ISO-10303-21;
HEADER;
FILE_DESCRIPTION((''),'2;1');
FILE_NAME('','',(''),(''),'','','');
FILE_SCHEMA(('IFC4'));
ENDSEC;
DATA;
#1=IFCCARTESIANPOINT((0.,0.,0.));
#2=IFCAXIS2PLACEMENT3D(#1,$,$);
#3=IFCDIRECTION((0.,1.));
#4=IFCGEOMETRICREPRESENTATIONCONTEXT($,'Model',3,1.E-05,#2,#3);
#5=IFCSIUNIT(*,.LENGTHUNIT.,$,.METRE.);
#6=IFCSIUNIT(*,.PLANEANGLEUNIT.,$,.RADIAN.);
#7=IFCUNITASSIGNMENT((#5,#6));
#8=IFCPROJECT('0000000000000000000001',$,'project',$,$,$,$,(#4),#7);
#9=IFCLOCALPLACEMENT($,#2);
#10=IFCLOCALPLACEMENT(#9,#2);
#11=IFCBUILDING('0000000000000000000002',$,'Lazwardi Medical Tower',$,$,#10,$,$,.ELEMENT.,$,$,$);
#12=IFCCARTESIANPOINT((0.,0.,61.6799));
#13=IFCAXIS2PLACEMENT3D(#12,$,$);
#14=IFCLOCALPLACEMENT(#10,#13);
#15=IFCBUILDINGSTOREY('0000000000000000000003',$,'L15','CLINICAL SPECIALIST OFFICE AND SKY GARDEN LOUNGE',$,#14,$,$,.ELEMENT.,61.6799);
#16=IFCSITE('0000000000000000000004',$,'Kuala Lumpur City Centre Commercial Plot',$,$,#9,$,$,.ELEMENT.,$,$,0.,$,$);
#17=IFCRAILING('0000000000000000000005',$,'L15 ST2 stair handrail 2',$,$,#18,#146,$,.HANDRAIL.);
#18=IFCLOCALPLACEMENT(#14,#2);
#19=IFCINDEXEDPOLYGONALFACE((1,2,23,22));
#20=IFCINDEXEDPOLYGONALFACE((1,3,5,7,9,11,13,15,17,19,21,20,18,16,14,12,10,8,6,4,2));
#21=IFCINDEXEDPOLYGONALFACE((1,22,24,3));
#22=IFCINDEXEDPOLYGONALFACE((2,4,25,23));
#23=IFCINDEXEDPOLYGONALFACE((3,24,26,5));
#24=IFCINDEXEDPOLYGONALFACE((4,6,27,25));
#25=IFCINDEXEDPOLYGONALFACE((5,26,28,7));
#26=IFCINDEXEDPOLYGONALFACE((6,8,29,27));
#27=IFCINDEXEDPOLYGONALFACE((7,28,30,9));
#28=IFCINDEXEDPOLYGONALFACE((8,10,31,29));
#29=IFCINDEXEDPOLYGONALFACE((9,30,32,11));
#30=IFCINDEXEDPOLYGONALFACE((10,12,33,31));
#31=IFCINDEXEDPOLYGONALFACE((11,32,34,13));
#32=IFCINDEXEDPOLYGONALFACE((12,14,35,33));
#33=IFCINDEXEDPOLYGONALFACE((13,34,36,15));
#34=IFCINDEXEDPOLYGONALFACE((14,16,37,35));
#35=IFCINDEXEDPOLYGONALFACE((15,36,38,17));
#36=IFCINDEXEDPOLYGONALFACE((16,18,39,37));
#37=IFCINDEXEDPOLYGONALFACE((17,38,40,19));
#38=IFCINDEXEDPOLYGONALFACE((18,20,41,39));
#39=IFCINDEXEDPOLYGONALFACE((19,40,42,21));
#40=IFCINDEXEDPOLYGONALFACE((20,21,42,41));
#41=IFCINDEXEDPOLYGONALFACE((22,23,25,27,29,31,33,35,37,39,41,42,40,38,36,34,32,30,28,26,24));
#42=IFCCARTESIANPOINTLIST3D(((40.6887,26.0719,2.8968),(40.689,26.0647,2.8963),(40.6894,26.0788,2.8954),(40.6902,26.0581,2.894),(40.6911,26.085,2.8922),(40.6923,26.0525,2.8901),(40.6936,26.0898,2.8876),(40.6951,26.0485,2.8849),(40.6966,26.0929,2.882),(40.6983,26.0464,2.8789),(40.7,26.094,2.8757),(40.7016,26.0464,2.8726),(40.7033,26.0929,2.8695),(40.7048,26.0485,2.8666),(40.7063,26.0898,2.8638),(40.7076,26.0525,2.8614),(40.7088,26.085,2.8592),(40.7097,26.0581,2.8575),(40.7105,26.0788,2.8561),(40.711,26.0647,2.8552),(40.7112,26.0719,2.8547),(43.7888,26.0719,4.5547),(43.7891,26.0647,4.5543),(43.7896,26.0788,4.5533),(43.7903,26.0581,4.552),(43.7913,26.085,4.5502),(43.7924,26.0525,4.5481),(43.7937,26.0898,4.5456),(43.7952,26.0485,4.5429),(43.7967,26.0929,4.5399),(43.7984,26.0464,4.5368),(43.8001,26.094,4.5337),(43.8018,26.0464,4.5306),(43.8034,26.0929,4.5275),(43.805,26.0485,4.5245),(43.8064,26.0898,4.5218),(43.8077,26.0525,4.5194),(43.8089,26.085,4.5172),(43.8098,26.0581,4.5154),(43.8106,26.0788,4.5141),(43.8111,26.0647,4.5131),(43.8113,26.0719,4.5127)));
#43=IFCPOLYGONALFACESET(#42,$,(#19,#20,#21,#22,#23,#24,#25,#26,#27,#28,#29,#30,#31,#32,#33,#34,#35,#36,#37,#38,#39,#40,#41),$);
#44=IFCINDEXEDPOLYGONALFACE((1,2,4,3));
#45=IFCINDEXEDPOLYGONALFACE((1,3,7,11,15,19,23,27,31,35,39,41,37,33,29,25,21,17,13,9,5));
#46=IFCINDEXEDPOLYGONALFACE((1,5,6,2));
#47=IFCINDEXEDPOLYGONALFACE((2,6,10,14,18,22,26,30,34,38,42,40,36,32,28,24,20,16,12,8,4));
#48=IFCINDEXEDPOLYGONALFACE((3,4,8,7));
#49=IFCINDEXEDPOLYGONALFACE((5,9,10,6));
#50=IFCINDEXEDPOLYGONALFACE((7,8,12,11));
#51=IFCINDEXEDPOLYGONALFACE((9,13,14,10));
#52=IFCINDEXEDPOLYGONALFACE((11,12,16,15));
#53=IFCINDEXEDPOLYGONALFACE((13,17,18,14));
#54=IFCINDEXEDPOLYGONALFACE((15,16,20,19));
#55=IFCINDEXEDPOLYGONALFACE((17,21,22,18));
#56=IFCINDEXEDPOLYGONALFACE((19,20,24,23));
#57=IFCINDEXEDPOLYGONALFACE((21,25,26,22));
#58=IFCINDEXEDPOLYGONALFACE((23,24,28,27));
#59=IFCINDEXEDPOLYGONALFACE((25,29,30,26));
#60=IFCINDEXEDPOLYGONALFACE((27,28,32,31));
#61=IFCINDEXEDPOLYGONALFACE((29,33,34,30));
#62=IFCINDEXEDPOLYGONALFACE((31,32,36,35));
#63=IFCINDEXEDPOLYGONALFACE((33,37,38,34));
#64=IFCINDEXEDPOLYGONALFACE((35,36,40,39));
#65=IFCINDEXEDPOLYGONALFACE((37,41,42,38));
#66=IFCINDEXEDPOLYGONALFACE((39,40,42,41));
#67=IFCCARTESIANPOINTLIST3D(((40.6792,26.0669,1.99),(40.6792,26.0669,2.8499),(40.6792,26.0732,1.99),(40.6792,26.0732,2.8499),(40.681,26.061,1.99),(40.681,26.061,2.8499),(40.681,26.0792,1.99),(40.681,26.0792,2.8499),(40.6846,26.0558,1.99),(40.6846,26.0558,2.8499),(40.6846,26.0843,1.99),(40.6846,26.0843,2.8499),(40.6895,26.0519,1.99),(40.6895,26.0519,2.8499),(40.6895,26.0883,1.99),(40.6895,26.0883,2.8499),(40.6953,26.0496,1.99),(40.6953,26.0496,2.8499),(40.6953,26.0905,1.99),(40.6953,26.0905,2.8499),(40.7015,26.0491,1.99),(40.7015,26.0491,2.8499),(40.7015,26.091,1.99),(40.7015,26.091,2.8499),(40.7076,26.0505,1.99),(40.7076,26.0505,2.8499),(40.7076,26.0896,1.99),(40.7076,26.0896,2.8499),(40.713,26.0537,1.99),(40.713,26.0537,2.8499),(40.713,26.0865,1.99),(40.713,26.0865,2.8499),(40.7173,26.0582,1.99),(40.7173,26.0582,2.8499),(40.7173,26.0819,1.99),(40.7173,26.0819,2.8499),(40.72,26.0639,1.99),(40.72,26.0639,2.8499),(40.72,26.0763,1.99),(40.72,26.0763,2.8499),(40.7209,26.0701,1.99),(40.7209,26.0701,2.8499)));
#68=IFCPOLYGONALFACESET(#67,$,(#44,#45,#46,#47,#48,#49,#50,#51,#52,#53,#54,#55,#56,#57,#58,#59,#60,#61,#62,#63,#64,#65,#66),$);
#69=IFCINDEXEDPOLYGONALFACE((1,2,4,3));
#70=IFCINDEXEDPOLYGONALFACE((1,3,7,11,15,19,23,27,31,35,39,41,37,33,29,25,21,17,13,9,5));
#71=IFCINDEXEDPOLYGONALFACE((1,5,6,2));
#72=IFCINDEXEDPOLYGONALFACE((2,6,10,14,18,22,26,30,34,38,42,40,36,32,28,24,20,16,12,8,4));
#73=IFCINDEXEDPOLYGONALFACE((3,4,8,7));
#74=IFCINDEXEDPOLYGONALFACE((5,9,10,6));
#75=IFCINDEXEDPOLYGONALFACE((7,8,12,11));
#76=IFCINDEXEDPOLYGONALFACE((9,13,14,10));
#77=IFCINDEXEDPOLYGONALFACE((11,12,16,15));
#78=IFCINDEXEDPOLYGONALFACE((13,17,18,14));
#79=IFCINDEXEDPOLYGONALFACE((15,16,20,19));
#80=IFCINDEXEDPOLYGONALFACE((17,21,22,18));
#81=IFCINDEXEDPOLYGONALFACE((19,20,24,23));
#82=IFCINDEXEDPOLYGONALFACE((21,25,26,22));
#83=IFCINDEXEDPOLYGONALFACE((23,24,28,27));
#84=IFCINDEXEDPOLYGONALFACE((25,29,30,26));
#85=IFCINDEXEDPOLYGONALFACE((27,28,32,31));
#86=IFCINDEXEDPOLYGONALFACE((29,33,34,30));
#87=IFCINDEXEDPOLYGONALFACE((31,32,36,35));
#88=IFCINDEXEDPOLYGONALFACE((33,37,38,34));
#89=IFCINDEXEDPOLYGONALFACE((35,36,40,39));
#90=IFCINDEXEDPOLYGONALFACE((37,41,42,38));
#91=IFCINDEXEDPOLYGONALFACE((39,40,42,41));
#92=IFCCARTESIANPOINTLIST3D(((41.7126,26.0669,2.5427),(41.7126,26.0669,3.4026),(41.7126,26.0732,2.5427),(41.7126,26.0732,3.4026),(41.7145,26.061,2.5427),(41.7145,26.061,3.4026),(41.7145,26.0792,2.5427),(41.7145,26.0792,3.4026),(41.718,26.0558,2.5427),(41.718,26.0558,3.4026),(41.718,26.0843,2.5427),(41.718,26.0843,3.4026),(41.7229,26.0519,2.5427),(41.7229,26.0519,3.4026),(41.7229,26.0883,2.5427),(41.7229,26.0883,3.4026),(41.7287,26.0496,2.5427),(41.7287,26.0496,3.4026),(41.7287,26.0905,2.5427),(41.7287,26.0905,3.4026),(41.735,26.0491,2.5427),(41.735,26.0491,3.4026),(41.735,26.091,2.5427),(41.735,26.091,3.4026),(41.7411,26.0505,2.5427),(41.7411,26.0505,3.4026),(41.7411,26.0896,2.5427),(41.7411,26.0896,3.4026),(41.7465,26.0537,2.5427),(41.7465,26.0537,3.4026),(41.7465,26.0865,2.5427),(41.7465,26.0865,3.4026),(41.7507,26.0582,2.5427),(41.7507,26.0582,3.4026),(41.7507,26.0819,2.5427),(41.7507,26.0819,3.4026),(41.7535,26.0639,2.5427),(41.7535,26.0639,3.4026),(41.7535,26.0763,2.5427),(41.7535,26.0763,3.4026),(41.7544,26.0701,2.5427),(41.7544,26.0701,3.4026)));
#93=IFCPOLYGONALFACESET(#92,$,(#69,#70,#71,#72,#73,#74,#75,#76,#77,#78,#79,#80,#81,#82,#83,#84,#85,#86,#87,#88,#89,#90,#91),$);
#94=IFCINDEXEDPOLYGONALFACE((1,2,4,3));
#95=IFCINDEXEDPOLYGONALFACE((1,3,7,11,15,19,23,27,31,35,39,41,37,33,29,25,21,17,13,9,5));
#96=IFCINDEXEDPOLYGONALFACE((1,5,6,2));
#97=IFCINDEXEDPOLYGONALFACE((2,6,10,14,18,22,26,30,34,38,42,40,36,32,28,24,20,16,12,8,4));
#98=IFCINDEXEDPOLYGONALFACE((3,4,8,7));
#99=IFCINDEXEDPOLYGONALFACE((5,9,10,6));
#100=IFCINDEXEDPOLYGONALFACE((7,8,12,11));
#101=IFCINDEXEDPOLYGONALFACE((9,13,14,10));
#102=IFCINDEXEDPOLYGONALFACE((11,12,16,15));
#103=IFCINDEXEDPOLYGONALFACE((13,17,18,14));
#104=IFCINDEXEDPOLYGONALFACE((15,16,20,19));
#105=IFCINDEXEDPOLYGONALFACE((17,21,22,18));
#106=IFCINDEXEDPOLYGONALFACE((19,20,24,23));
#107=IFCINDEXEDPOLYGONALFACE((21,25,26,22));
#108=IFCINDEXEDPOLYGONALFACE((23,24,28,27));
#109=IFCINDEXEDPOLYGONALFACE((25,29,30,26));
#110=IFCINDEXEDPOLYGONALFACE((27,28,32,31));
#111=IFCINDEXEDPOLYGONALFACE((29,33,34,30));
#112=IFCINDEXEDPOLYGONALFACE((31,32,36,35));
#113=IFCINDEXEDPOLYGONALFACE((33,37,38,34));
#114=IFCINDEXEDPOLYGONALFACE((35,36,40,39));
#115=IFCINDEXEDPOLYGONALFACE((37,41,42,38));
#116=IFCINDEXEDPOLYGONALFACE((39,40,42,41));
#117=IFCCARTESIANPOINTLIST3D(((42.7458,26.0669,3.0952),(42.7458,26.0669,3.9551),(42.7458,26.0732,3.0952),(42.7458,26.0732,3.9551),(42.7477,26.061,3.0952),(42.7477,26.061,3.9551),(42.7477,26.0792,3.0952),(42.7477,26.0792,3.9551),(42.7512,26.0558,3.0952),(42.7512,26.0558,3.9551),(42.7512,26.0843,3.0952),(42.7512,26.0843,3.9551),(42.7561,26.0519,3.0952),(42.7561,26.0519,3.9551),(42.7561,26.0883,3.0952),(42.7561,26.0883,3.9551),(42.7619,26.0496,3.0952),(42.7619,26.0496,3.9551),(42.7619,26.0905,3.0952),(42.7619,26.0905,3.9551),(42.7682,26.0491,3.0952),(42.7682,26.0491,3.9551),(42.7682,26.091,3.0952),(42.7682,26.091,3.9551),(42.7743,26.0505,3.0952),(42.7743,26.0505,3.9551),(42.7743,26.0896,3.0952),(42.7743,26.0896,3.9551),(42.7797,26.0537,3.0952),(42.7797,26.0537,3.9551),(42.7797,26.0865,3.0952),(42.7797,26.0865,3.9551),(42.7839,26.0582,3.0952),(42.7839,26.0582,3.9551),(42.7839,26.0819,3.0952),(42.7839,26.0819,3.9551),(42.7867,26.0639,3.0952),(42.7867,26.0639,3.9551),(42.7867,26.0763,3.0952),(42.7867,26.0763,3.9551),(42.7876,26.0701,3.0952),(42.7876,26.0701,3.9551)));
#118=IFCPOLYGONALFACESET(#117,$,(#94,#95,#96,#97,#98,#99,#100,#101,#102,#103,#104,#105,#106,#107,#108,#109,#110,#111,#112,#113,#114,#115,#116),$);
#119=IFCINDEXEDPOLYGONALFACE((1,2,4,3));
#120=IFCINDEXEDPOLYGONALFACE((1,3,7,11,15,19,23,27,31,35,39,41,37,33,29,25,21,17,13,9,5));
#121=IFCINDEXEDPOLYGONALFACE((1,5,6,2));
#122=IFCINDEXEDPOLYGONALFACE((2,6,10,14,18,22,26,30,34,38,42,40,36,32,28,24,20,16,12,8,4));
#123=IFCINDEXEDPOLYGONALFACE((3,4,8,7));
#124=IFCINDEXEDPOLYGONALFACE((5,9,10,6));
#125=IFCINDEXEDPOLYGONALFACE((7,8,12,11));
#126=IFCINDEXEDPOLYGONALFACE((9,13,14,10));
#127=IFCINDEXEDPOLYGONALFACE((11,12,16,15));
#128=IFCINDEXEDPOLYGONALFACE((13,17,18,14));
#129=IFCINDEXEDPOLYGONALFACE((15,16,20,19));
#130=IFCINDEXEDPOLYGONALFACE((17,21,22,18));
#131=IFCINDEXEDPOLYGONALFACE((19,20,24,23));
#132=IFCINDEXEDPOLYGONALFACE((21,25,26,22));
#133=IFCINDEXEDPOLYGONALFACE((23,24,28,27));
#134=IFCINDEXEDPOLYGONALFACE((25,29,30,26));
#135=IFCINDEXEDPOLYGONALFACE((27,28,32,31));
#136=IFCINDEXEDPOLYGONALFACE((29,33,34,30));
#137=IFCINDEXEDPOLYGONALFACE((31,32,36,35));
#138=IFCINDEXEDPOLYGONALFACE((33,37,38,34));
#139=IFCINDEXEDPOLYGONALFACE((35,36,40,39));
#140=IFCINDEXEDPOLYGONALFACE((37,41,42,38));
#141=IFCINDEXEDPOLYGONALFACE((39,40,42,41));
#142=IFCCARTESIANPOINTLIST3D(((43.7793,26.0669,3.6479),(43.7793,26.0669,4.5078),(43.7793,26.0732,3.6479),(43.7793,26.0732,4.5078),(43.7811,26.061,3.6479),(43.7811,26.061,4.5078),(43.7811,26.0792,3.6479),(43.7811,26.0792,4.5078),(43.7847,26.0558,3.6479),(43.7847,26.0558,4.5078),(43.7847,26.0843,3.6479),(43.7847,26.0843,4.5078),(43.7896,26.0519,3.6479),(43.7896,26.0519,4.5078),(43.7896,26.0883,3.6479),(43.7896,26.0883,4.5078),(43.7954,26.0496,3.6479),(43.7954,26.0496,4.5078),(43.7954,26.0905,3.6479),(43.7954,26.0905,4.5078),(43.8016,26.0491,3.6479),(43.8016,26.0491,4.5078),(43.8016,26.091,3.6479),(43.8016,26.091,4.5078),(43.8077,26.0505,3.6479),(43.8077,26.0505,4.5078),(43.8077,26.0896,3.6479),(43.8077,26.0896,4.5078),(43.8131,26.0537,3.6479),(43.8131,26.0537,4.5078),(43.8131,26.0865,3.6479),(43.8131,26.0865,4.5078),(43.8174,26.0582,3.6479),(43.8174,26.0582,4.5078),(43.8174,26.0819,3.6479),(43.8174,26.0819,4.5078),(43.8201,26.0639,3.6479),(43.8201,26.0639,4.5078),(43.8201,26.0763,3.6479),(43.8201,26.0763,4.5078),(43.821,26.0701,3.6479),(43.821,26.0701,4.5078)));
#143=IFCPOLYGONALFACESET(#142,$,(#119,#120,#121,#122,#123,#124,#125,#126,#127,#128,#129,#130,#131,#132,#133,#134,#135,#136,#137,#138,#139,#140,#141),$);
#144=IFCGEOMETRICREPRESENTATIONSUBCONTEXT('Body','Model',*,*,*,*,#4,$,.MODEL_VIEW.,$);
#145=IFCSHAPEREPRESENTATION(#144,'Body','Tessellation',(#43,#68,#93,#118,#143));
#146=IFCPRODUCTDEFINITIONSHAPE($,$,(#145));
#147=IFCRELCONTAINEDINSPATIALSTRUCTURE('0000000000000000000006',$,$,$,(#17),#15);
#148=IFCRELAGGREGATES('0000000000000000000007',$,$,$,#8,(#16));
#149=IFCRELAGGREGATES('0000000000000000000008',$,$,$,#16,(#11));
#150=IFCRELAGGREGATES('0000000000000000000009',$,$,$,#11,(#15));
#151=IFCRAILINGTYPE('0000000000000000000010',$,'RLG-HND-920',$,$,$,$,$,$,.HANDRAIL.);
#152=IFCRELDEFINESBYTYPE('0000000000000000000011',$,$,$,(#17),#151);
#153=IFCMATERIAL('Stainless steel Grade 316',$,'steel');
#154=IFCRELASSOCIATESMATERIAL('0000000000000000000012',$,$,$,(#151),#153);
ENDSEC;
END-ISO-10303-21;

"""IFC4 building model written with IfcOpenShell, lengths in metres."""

from ifc_helpers import new_model, si_unit, direction, frame, origin, origin_2d, place, context, subcontext, project, spatial, circle, extrude, material, type_object, element, save


model = new_model("IFC4")

# Units and contexts
model_context = context("Model", 3, precision=1e-05, world=origin(), true_north=direction((0.0, 1.0)))
body_context = subcontext(model_context, "Body", "Model", "MODEL_VIEW")
ifc_project = project(units=[si_unit("LENGTHUNIT", "METRE"), si_unit("PLANEANGLEUNIT", "RADIAN")], contexts=[model_context])

# Site, building, storey
site_placement = place(None, origin())
site = spatial("IfcSite", under=ifc_project, at=site_placement, Name="Kuala Lumpur City Centre Commercial Plot", CompositionType="ELEMENT", RefElevation=0.0)
building_placement = place(site_placement, origin())
building = spatial("IfcBuilding", under=site, at=building_placement, Name="Lazwardi Medical Tower", CompositionType="ELEMENT")
storey_placement = place(building_placement, frame((0.0, 0.0, 61.6799)))
storey = spatial("IfcBuildingStorey", under=building, at=storey_placement, Name="L15", Description="CLINICAL SPECIALIST OFFICE AND SKY GARDEN LOUNGE", CompositionType="ELEMENT", Elevation=61.6799)

# Railing
ifc_material_1 = material(Name="Stainless steel Grade 316", Category="steel")
railing_type_1 = type_object("IfcRailingType", Name="RLG-HND-920", PredefinedType="HANDRAIL", material=ifc_material_1)
railing_1_placement = place(storey_placement, frame((40.7, 26.0701, 1.99)))
element("IfcRailing", 1, at=railing_1_placement, inside=storey, type_object=railing_type_1, Name="L15 ST2 stair handrail 2", PredefinedType="HANDRAIL", context=body_context, shape_type="SweptSolid", body=[
    extrude(circle(Radius=0.0239, at=origin_2d()), frame((0.0, 0.0, 0.8857), z_axis=(0.881812, 0.0, 0.471601), x_axis=(0.0, 1.0, 0.0)), (0.0, 0.0, 1.0), 3.5156),
    extrude(circle(Radius=0.021, at=origin_2d()), origin(), (0.0, 0.0, 1.0), 0.8599),
    extrude(circle(Radius=0.021, at=origin_2d()), frame((1.0334, 0.0, 0.5527)), (0.0, 0.0, 1.0), 0.8599),
    extrude(circle(Radius=0.021, at=origin_2d()), frame((2.0667, 0.0, 1.1052)), (0.0, 0.0, 1.0), 0.8599),
    extrude(circle(Radius=0.021, at=origin_2d()), frame((3.1001, 0.0, 1.658)), (0.0, 0.0, 1.0), 0.8599),
])

save(model, "model.ifc")
